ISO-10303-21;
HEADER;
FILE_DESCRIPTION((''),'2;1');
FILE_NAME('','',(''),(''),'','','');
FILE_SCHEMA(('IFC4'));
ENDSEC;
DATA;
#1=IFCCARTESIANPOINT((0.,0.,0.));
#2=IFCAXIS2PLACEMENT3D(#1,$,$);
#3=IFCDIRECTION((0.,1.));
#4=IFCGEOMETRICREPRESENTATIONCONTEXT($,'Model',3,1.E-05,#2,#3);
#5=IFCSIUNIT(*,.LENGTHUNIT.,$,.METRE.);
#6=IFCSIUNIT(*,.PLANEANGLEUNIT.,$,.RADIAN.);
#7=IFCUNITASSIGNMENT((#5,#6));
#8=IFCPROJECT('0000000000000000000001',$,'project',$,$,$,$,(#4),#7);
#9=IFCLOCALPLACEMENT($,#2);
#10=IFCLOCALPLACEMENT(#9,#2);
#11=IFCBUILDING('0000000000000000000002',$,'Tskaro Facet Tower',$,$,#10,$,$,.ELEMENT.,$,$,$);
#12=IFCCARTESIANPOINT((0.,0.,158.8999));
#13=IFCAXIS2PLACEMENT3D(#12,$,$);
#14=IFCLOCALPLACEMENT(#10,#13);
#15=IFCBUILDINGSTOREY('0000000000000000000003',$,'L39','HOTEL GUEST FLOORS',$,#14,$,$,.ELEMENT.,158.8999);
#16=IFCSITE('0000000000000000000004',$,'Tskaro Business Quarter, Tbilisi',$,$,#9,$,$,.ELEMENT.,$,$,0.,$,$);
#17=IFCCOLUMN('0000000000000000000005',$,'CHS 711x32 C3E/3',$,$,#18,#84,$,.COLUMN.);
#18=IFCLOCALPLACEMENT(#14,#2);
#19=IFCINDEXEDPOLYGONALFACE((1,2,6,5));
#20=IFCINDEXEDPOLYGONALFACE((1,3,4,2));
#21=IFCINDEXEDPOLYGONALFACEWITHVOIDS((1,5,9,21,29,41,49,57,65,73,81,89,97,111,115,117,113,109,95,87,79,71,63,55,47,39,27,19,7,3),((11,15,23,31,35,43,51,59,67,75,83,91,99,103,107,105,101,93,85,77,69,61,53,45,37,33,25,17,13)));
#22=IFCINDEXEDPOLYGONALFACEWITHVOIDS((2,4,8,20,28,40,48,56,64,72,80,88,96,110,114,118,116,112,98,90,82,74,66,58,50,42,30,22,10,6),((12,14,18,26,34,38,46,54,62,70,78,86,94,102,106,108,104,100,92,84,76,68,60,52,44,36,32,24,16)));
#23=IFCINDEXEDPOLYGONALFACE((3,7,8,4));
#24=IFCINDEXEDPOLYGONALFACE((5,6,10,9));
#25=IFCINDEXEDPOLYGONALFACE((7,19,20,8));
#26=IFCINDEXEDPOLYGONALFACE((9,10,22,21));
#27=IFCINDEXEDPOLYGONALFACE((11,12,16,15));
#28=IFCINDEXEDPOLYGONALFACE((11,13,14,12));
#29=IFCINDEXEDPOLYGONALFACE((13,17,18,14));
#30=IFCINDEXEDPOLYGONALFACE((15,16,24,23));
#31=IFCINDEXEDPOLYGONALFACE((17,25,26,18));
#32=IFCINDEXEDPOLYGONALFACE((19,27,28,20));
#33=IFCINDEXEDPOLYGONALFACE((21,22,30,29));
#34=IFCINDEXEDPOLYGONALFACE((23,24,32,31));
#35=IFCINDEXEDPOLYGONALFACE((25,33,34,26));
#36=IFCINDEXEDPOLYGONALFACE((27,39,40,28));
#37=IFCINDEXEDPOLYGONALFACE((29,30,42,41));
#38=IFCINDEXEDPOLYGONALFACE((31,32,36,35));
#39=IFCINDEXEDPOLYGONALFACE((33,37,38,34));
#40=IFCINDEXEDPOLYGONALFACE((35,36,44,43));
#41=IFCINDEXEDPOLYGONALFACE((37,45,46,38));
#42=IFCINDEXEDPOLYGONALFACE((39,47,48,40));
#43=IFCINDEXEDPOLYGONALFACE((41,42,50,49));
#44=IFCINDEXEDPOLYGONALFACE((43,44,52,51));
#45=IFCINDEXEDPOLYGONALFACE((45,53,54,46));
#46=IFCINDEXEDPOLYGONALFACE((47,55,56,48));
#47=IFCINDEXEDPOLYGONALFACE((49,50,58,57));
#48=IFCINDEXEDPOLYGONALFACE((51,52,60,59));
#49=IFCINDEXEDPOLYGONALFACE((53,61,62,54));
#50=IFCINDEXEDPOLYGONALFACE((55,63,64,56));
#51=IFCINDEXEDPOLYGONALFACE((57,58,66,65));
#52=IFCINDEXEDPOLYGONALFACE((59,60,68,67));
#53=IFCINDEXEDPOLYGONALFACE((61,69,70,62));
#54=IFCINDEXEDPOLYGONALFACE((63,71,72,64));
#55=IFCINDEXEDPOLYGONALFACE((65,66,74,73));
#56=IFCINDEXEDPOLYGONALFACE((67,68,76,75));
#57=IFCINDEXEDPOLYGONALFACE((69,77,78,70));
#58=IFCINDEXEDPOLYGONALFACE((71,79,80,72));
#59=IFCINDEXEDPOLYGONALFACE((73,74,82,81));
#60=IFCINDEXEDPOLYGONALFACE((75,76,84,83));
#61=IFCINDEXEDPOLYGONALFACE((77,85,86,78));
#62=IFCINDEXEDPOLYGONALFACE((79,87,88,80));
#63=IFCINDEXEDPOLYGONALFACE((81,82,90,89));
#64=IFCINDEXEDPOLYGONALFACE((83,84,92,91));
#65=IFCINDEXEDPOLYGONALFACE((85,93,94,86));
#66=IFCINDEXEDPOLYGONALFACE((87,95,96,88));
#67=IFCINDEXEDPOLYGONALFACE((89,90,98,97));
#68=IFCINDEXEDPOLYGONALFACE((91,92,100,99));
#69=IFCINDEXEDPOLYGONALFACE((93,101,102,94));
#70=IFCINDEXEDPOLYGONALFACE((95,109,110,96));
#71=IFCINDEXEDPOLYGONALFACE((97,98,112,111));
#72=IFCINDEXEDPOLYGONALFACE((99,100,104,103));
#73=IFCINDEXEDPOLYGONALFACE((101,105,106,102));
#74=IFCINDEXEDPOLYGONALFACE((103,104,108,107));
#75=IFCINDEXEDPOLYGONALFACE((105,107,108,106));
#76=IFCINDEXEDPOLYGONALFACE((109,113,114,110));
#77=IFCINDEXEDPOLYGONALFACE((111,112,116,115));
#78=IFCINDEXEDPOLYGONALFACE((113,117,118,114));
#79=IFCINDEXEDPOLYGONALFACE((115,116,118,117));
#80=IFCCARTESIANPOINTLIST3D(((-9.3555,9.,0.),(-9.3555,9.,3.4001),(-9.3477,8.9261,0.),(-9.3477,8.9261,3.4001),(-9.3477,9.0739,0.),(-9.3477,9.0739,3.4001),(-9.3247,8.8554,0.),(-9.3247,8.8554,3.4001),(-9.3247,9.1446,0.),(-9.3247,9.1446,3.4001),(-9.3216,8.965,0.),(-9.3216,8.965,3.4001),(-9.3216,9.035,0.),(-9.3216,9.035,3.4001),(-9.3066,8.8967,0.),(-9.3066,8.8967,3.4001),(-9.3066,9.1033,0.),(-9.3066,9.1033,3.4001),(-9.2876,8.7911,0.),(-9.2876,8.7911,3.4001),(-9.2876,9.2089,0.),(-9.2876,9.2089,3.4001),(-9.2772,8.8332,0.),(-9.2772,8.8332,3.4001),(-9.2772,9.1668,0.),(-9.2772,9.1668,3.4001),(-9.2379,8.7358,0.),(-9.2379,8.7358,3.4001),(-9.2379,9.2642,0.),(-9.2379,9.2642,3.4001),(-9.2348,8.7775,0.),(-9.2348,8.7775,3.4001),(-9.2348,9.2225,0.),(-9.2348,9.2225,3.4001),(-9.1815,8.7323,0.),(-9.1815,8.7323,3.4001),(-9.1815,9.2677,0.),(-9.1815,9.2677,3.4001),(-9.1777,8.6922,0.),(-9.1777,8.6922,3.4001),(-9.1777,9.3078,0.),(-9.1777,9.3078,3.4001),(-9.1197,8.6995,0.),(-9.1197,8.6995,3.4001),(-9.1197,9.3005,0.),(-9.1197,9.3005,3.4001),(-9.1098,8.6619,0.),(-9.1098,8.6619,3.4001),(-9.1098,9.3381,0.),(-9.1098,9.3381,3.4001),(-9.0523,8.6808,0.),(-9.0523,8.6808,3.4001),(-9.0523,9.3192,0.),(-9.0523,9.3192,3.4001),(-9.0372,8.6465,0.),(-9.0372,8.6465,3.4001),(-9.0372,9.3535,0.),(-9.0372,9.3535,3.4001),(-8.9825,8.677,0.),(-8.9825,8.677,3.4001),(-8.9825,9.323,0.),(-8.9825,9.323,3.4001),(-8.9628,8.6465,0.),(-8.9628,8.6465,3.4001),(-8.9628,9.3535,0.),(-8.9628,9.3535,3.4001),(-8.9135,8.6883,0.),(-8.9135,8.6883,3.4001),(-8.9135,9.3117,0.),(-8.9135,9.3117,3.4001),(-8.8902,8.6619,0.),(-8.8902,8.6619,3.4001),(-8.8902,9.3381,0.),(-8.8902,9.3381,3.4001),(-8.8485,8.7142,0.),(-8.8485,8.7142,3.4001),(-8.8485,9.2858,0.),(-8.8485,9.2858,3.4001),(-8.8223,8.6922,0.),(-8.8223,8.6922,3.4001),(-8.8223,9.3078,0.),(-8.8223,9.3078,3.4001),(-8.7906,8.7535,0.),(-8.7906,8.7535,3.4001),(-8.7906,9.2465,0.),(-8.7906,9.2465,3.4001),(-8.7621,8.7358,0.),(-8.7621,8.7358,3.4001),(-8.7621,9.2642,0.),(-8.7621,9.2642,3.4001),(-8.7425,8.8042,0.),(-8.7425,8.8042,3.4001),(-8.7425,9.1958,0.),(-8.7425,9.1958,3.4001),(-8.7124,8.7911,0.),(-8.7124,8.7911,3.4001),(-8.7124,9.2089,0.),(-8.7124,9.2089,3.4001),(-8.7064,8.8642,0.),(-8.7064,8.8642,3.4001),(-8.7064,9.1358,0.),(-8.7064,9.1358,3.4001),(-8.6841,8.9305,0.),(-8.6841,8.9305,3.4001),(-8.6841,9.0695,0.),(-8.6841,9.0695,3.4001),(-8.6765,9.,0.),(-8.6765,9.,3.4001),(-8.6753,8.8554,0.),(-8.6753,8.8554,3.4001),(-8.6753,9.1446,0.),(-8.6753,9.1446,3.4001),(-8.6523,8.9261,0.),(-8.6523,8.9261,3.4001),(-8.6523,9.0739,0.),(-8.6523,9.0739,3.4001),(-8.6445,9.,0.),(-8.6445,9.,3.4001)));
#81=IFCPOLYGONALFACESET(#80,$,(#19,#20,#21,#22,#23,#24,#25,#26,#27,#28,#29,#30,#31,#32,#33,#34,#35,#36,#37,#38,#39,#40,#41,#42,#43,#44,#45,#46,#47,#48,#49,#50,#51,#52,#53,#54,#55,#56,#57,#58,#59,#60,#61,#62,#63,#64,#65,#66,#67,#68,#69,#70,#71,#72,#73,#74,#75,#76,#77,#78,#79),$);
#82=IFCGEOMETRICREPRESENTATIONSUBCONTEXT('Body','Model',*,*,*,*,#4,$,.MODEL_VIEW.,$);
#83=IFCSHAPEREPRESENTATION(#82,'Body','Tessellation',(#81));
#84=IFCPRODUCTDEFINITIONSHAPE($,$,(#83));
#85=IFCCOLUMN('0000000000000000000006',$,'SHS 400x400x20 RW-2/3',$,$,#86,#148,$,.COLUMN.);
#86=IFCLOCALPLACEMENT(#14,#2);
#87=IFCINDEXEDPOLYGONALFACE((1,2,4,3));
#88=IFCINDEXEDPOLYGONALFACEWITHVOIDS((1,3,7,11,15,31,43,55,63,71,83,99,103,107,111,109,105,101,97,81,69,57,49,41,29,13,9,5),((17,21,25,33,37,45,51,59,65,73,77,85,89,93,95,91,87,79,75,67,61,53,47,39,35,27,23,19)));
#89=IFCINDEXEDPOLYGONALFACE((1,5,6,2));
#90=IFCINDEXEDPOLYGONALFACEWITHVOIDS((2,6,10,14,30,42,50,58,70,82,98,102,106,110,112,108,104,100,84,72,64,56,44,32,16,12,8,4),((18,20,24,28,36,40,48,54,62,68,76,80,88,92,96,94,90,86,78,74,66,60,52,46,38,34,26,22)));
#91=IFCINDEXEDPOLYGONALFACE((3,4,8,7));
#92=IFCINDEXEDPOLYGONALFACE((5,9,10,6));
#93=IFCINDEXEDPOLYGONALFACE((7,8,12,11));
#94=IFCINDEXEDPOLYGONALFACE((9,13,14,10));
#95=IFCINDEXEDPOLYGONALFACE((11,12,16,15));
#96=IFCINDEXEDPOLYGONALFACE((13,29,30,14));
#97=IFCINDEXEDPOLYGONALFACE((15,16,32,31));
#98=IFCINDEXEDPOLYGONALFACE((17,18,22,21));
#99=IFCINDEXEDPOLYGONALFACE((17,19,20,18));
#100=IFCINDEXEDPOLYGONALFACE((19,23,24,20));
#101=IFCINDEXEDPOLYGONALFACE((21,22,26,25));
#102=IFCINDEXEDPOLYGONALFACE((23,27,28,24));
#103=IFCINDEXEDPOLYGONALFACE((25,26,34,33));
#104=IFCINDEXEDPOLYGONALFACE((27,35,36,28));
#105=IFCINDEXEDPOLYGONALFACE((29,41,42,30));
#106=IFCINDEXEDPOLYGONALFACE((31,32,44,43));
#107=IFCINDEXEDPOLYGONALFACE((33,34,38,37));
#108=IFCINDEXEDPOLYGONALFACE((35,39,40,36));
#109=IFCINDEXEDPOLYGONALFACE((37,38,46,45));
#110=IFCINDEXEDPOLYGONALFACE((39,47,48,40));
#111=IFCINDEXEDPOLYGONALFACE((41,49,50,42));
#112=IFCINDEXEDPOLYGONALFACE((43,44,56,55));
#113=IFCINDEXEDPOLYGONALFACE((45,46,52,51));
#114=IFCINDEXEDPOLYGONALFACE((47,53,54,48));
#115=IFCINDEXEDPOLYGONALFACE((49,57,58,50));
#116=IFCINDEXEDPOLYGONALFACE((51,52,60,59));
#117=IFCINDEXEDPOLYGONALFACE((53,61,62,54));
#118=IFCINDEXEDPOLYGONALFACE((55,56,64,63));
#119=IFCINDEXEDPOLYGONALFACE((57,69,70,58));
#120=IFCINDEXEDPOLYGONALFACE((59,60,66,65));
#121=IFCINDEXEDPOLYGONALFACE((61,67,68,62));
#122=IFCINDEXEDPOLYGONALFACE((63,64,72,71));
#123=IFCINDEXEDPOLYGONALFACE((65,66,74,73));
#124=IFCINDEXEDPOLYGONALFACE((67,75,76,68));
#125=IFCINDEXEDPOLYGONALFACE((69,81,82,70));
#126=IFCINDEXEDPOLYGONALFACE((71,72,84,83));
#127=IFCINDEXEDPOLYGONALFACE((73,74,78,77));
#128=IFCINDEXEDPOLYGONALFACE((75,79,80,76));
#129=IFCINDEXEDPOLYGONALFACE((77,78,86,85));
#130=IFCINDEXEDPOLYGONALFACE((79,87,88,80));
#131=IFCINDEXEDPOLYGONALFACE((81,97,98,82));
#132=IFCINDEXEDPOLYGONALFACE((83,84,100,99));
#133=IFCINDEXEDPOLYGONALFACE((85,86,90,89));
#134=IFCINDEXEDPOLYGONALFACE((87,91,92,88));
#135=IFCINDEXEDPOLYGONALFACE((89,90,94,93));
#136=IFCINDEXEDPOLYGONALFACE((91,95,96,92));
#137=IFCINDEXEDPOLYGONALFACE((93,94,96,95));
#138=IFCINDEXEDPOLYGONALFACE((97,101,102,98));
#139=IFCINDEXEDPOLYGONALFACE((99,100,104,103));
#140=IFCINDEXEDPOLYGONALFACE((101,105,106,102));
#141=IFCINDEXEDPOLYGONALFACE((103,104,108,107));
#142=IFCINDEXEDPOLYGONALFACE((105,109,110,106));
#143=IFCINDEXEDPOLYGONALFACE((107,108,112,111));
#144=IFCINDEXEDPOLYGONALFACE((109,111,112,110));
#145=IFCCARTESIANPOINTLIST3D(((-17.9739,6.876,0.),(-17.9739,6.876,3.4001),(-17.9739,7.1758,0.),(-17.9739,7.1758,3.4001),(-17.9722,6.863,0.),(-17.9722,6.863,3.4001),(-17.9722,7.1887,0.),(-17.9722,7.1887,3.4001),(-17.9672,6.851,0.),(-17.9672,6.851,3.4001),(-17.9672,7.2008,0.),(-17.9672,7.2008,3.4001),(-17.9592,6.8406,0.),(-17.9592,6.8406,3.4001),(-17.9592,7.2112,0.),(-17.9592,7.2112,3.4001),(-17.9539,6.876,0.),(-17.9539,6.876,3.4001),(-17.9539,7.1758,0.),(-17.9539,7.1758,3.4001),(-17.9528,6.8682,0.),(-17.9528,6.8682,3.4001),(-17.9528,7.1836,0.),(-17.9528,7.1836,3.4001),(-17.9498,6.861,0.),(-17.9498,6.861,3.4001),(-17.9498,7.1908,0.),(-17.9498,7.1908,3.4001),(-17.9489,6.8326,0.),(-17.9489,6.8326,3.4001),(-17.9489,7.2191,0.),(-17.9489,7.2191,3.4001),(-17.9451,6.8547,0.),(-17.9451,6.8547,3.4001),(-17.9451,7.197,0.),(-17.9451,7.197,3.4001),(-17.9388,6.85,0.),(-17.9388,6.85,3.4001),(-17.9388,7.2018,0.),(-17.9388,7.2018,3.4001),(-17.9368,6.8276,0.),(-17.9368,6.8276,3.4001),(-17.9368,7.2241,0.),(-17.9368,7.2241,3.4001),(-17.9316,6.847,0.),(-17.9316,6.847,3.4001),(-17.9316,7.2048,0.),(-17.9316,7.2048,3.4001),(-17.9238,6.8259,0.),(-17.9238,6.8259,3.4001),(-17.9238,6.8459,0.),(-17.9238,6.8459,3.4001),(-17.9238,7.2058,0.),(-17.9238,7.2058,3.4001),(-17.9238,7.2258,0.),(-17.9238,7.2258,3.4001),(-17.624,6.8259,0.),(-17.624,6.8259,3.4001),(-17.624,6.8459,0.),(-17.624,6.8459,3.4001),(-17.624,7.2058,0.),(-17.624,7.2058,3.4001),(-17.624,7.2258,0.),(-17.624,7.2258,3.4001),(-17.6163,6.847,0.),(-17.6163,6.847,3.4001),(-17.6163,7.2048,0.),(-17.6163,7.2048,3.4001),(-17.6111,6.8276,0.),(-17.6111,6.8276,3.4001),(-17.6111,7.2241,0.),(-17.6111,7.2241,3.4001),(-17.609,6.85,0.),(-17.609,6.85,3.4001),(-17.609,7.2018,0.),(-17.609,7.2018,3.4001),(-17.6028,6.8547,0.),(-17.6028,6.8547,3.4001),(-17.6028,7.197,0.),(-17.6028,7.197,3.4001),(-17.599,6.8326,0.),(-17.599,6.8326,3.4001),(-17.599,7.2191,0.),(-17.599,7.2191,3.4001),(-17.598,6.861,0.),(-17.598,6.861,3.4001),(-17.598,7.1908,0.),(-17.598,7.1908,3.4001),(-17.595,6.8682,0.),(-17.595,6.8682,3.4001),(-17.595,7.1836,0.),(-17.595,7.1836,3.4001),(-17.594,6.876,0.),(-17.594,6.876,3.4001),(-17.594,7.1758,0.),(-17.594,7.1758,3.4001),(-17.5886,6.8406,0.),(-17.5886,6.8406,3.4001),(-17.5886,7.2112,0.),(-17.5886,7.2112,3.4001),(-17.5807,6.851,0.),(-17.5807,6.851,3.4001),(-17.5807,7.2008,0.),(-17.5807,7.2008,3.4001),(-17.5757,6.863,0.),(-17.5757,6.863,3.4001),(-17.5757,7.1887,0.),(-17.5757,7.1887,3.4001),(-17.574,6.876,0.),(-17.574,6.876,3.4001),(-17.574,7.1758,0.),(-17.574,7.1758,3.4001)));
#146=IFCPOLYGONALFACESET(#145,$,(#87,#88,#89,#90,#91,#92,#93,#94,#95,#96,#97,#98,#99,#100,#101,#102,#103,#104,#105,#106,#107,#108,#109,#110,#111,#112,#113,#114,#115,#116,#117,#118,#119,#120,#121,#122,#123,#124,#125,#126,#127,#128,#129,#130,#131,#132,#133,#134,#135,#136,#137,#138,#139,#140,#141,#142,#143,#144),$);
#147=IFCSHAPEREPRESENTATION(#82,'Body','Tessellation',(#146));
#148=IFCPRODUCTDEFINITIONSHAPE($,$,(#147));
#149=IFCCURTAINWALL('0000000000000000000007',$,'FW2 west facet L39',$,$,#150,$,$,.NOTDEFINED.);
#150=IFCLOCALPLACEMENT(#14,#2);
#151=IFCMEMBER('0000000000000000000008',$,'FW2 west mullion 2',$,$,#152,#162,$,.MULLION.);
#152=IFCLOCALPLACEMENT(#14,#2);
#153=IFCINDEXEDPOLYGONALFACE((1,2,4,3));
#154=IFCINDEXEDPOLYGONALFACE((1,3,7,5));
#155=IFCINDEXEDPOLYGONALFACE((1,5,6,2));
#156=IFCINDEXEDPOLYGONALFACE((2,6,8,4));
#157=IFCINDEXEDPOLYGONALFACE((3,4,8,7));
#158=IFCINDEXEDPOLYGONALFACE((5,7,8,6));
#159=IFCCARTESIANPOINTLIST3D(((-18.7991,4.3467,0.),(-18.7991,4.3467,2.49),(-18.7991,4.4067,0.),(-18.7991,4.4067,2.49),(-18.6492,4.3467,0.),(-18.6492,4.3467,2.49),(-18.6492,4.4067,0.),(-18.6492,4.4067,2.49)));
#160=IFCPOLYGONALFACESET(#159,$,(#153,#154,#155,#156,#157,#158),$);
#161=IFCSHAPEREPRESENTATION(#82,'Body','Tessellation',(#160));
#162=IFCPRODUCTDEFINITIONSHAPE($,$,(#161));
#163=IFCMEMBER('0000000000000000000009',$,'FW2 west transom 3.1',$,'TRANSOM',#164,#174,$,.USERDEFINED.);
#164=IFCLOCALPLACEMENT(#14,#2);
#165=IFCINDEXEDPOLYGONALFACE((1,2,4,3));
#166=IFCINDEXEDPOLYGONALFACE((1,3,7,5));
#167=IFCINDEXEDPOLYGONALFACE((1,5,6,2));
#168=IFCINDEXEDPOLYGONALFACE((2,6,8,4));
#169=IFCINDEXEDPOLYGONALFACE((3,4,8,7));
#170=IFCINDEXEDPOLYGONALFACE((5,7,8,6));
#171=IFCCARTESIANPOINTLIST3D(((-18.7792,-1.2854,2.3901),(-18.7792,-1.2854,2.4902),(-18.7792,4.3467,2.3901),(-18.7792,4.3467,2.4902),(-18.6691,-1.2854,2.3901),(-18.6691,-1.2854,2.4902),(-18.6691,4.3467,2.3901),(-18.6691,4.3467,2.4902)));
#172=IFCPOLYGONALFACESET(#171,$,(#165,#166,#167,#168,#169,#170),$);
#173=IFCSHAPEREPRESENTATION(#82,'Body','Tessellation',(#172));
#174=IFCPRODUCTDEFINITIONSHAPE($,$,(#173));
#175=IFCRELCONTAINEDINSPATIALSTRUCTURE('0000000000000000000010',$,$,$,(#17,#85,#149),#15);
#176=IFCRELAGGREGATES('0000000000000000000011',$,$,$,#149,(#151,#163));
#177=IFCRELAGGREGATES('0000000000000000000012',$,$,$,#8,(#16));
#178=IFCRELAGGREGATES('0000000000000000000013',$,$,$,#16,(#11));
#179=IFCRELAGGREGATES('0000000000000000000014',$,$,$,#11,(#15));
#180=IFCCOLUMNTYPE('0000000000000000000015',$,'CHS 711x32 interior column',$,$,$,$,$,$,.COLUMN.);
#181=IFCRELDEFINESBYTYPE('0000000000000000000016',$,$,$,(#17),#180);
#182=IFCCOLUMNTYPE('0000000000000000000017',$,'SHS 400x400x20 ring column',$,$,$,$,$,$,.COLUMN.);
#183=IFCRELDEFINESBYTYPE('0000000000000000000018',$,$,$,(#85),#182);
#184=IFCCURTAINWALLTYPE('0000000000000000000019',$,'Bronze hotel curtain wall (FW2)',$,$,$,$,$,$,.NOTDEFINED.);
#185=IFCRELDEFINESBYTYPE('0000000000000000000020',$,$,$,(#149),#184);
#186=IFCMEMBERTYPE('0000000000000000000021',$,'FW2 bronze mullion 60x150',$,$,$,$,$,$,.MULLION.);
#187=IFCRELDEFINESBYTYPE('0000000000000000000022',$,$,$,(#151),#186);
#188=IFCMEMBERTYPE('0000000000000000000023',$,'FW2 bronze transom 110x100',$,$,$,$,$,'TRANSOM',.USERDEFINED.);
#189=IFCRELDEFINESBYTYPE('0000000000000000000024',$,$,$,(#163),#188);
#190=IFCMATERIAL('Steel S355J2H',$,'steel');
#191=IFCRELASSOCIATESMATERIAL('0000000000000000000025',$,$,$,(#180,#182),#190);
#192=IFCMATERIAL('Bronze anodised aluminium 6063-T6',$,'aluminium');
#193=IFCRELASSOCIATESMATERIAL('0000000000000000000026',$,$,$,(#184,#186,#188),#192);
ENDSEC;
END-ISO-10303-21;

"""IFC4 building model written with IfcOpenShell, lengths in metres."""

from ifc_helpers import new_model, si_unit, direction, frame, origin, origin_2d, place, context, subcontext, project, spatial, rectangle, hollow_rectangle, hollow_circle, extrude, material, material_profile, profile_set, type_object, element, aggregate, save


model = new_model("IFC4")

# Units and contexts
model_context = context("Model", 3, precision=1e-05, world=origin(), true_north=direction((0.0, 1.0)))
body_context = subcontext(model_context, "Body", "Model", "MODEL_VIEW")
ifc_project = project(units=[si_unit("LENGTHUNIT", "METRE"), si_unit("PLANEANGLEUNIT", "RADIAN")], contexts=[model_context])

# Site, building, storey
site_placement = place(None, origin())
site = spatial("IfcSite", under=ifc_project, at=site_placement, Name="Tskaro Business Quarter, Tbilisi", CompositionType="ELEMENT", RefElevation=0.0)
building_placement = place(site_placement, origin())
building = spatial("IfcBuilding", under=site, at=building_placement, Name="Tskaro Facet Tower", CompositionType="ELEMENT")
storey_placement = place(building_placement, frame((0.0, 0.0, 158.8999)))
storey = spatial("IfcBuildingStorey", under=building, at=storey_placement, Name="L39", Description="HOTEL GUEST FLOORS", CompositionType="ELEMENT", Elevation=158.8999)

# Columns
ifc_material_1 = material(Name="Steel S355J2H", Category="steel")
ifc_material_profile_1 = material_profile(ifc_material_1, hollow_circle(Radius=0.3555, WallThickness=0.032, at=origin_2d()), Name="CHS 711x32")
ifc_profile_set_1 = profile_set([ifc_material_profile_1], Name="Steel S355J2H")
column_type_1 = type_object("IfcColumnType", Name="CHS 711x32 interior column", PredefinedType="COLUMN", material=ifc_profile_set_1)
column_1_placement = place(storey_placement, frame((-9.0, 9.0, 0.0), z_axis=(0.0, 0.0, 1.0), x_axis=(1.0, 0.0, 0.0)))
element("IfcColumn", 1, at=column_1_placement, inside=storey, type_object=column_type_1, Name="CHS 711x32 C3E/3", PredefinedType="COLUMN", context=body_context, shape_type="SweptSolid", body=[
    extrude(hollow_circle(Radius=0.3555, WallThickness=0.032, at=origin_2d()), origin(), (0.0, 0.0, 1.0), 3.4001),
])
ifc_material_profile_2 = material_profile(ifc_material_1, hollow_rectangle(XDim=0.3999, YDim=0.3999, WallThickness=0.02, InnerFilletRadius=0.03, OuterFilletRadius=0.05, at=origin_2d()), Name="SHS 400x400x20")
ifc_profile_set_2 = profile_set([ifc_material_profile_2], Name="Steel S355J2H")
column_type_2 = type_object("IfcColumnType", Name="SHS 400x400x20 ring column", PredefinedType="COLUMN", material=ifc_profile_set_2)
column_2_placement = place(storey_placement, frame((-17.7739, 7.0259, 0.0), z_axis=(0.0, 0.0, 1.0), x_axis=(1.0, 0.0, 0.0)))
element("IfcColumn", 2, at=column_2_placement, inside=storey, type_object=column_type_2, Name="SHS 400x400x20 RW-2/3", PredefinedType="COLUMN", context=body_context, shape_type="SweptSolid", body=[
    extrude(hollow_rectangle(XDim=0.3999, YDim=0.3999, WallThickness=0.02, InnerFilletRadius=0.03, OuterFilletRadius=0.05, at=origin_2d()), origin(), (0.0, 0.0, 1.0), 3.4001),
])

# Curtain wall, members
ifc_material_2 = material(Name="Bronze anodised aluminium 6063-T6", Category="aluminium")
curtain_wall_type = type_object("IfcCurtainWallType", Name="Bronze hotel curtain wall (FW2)", PredefinedType="NOTDEFINED", material=ifc_material_2)
curtain_wall_placement = place(storey_placement, origin())
curtain_wall = element("IfcCurtainWall", 3, at=curtain_wall_placement, inside=storey, type_object=curtain_wall_type, Name="FW2 west facet L39", PredefinedType="NOTDEFINED")
ifc_material_profile_3 = material_profile(ifc_material_2, rectangle(XDim=0.0601, YDim=0.1499, at=origin_2d()), Name="Mullion 60x150")
ifc_profile_set_3 = profile_set([ifc_material_profile_3], Name="Bronze anodised aluminium 6063-T6")
member_type_1 = type_object("IfcMemberType", Name="FW2 bronze mullion 60x150", PredefinedType="MULLION", material=ifc_profile_set_3)
member_1_placement = place(storey_placement, frame((-18.7241, 4.3767, 0.0), z_axis=(0.0, 0.0, 1.0), x_axis=(0.0, -1.0, 0.0)))
member_1 = element("IfcMember", 4, at=member_1_placement, type_object=member_type_1, Name="FW2 west mullion 2", PredefinedType="MULLION", context=body_context, shape_type="SweptSolid", body=[
    extrude(rectangle(XDim=0.0601, YDim=0.1499, at=origin_2d()), origin(), (0.0, 0.0, 1.0), 2.49),
])
ifc_material_profile_4 = material_profile(ifc_material_2, rectangle(XDim=0.1101, YDim=0.1001, at=origin_2d()), Name="Transom 110x100")
ifc_profile_set_4 = profile_set([ifc_material_profile_4], Name="Bronze anodised aluminium 6063-T6")
member_type_2 = type_object("IfcMemberType", Name="FW2 bronze transom 110x100", ElementType="TRANSOM", PredefinedType="USERDEFINED", material=ifc_profile_set_4)
member_2_placement = place(storey_placement, frame((-18.7241, 4.3467, 2.4402), z_axis=(0.0, -1.0, 0.0), x_axis=(1.0, 0.0, 0.0)))
member_2 = element("IfcMember", 5, at=member_2_placement, type_object=member_type_2, Name="FW2 west transom 3.1", ObjectType="TRANSOM", PredefinedType="USERDEFINED", context=body_context, shape_type="SweptSolid", body=[
    extrude(rectangle(XDim=0.1101, YDim=0.1001, at=origin_2d()), origin(), (0.0, 0.0, 1.0), 5.6321),
])

aggregate(curtain_wall, [member_1, member_2])

save(model, "model.ifc")
